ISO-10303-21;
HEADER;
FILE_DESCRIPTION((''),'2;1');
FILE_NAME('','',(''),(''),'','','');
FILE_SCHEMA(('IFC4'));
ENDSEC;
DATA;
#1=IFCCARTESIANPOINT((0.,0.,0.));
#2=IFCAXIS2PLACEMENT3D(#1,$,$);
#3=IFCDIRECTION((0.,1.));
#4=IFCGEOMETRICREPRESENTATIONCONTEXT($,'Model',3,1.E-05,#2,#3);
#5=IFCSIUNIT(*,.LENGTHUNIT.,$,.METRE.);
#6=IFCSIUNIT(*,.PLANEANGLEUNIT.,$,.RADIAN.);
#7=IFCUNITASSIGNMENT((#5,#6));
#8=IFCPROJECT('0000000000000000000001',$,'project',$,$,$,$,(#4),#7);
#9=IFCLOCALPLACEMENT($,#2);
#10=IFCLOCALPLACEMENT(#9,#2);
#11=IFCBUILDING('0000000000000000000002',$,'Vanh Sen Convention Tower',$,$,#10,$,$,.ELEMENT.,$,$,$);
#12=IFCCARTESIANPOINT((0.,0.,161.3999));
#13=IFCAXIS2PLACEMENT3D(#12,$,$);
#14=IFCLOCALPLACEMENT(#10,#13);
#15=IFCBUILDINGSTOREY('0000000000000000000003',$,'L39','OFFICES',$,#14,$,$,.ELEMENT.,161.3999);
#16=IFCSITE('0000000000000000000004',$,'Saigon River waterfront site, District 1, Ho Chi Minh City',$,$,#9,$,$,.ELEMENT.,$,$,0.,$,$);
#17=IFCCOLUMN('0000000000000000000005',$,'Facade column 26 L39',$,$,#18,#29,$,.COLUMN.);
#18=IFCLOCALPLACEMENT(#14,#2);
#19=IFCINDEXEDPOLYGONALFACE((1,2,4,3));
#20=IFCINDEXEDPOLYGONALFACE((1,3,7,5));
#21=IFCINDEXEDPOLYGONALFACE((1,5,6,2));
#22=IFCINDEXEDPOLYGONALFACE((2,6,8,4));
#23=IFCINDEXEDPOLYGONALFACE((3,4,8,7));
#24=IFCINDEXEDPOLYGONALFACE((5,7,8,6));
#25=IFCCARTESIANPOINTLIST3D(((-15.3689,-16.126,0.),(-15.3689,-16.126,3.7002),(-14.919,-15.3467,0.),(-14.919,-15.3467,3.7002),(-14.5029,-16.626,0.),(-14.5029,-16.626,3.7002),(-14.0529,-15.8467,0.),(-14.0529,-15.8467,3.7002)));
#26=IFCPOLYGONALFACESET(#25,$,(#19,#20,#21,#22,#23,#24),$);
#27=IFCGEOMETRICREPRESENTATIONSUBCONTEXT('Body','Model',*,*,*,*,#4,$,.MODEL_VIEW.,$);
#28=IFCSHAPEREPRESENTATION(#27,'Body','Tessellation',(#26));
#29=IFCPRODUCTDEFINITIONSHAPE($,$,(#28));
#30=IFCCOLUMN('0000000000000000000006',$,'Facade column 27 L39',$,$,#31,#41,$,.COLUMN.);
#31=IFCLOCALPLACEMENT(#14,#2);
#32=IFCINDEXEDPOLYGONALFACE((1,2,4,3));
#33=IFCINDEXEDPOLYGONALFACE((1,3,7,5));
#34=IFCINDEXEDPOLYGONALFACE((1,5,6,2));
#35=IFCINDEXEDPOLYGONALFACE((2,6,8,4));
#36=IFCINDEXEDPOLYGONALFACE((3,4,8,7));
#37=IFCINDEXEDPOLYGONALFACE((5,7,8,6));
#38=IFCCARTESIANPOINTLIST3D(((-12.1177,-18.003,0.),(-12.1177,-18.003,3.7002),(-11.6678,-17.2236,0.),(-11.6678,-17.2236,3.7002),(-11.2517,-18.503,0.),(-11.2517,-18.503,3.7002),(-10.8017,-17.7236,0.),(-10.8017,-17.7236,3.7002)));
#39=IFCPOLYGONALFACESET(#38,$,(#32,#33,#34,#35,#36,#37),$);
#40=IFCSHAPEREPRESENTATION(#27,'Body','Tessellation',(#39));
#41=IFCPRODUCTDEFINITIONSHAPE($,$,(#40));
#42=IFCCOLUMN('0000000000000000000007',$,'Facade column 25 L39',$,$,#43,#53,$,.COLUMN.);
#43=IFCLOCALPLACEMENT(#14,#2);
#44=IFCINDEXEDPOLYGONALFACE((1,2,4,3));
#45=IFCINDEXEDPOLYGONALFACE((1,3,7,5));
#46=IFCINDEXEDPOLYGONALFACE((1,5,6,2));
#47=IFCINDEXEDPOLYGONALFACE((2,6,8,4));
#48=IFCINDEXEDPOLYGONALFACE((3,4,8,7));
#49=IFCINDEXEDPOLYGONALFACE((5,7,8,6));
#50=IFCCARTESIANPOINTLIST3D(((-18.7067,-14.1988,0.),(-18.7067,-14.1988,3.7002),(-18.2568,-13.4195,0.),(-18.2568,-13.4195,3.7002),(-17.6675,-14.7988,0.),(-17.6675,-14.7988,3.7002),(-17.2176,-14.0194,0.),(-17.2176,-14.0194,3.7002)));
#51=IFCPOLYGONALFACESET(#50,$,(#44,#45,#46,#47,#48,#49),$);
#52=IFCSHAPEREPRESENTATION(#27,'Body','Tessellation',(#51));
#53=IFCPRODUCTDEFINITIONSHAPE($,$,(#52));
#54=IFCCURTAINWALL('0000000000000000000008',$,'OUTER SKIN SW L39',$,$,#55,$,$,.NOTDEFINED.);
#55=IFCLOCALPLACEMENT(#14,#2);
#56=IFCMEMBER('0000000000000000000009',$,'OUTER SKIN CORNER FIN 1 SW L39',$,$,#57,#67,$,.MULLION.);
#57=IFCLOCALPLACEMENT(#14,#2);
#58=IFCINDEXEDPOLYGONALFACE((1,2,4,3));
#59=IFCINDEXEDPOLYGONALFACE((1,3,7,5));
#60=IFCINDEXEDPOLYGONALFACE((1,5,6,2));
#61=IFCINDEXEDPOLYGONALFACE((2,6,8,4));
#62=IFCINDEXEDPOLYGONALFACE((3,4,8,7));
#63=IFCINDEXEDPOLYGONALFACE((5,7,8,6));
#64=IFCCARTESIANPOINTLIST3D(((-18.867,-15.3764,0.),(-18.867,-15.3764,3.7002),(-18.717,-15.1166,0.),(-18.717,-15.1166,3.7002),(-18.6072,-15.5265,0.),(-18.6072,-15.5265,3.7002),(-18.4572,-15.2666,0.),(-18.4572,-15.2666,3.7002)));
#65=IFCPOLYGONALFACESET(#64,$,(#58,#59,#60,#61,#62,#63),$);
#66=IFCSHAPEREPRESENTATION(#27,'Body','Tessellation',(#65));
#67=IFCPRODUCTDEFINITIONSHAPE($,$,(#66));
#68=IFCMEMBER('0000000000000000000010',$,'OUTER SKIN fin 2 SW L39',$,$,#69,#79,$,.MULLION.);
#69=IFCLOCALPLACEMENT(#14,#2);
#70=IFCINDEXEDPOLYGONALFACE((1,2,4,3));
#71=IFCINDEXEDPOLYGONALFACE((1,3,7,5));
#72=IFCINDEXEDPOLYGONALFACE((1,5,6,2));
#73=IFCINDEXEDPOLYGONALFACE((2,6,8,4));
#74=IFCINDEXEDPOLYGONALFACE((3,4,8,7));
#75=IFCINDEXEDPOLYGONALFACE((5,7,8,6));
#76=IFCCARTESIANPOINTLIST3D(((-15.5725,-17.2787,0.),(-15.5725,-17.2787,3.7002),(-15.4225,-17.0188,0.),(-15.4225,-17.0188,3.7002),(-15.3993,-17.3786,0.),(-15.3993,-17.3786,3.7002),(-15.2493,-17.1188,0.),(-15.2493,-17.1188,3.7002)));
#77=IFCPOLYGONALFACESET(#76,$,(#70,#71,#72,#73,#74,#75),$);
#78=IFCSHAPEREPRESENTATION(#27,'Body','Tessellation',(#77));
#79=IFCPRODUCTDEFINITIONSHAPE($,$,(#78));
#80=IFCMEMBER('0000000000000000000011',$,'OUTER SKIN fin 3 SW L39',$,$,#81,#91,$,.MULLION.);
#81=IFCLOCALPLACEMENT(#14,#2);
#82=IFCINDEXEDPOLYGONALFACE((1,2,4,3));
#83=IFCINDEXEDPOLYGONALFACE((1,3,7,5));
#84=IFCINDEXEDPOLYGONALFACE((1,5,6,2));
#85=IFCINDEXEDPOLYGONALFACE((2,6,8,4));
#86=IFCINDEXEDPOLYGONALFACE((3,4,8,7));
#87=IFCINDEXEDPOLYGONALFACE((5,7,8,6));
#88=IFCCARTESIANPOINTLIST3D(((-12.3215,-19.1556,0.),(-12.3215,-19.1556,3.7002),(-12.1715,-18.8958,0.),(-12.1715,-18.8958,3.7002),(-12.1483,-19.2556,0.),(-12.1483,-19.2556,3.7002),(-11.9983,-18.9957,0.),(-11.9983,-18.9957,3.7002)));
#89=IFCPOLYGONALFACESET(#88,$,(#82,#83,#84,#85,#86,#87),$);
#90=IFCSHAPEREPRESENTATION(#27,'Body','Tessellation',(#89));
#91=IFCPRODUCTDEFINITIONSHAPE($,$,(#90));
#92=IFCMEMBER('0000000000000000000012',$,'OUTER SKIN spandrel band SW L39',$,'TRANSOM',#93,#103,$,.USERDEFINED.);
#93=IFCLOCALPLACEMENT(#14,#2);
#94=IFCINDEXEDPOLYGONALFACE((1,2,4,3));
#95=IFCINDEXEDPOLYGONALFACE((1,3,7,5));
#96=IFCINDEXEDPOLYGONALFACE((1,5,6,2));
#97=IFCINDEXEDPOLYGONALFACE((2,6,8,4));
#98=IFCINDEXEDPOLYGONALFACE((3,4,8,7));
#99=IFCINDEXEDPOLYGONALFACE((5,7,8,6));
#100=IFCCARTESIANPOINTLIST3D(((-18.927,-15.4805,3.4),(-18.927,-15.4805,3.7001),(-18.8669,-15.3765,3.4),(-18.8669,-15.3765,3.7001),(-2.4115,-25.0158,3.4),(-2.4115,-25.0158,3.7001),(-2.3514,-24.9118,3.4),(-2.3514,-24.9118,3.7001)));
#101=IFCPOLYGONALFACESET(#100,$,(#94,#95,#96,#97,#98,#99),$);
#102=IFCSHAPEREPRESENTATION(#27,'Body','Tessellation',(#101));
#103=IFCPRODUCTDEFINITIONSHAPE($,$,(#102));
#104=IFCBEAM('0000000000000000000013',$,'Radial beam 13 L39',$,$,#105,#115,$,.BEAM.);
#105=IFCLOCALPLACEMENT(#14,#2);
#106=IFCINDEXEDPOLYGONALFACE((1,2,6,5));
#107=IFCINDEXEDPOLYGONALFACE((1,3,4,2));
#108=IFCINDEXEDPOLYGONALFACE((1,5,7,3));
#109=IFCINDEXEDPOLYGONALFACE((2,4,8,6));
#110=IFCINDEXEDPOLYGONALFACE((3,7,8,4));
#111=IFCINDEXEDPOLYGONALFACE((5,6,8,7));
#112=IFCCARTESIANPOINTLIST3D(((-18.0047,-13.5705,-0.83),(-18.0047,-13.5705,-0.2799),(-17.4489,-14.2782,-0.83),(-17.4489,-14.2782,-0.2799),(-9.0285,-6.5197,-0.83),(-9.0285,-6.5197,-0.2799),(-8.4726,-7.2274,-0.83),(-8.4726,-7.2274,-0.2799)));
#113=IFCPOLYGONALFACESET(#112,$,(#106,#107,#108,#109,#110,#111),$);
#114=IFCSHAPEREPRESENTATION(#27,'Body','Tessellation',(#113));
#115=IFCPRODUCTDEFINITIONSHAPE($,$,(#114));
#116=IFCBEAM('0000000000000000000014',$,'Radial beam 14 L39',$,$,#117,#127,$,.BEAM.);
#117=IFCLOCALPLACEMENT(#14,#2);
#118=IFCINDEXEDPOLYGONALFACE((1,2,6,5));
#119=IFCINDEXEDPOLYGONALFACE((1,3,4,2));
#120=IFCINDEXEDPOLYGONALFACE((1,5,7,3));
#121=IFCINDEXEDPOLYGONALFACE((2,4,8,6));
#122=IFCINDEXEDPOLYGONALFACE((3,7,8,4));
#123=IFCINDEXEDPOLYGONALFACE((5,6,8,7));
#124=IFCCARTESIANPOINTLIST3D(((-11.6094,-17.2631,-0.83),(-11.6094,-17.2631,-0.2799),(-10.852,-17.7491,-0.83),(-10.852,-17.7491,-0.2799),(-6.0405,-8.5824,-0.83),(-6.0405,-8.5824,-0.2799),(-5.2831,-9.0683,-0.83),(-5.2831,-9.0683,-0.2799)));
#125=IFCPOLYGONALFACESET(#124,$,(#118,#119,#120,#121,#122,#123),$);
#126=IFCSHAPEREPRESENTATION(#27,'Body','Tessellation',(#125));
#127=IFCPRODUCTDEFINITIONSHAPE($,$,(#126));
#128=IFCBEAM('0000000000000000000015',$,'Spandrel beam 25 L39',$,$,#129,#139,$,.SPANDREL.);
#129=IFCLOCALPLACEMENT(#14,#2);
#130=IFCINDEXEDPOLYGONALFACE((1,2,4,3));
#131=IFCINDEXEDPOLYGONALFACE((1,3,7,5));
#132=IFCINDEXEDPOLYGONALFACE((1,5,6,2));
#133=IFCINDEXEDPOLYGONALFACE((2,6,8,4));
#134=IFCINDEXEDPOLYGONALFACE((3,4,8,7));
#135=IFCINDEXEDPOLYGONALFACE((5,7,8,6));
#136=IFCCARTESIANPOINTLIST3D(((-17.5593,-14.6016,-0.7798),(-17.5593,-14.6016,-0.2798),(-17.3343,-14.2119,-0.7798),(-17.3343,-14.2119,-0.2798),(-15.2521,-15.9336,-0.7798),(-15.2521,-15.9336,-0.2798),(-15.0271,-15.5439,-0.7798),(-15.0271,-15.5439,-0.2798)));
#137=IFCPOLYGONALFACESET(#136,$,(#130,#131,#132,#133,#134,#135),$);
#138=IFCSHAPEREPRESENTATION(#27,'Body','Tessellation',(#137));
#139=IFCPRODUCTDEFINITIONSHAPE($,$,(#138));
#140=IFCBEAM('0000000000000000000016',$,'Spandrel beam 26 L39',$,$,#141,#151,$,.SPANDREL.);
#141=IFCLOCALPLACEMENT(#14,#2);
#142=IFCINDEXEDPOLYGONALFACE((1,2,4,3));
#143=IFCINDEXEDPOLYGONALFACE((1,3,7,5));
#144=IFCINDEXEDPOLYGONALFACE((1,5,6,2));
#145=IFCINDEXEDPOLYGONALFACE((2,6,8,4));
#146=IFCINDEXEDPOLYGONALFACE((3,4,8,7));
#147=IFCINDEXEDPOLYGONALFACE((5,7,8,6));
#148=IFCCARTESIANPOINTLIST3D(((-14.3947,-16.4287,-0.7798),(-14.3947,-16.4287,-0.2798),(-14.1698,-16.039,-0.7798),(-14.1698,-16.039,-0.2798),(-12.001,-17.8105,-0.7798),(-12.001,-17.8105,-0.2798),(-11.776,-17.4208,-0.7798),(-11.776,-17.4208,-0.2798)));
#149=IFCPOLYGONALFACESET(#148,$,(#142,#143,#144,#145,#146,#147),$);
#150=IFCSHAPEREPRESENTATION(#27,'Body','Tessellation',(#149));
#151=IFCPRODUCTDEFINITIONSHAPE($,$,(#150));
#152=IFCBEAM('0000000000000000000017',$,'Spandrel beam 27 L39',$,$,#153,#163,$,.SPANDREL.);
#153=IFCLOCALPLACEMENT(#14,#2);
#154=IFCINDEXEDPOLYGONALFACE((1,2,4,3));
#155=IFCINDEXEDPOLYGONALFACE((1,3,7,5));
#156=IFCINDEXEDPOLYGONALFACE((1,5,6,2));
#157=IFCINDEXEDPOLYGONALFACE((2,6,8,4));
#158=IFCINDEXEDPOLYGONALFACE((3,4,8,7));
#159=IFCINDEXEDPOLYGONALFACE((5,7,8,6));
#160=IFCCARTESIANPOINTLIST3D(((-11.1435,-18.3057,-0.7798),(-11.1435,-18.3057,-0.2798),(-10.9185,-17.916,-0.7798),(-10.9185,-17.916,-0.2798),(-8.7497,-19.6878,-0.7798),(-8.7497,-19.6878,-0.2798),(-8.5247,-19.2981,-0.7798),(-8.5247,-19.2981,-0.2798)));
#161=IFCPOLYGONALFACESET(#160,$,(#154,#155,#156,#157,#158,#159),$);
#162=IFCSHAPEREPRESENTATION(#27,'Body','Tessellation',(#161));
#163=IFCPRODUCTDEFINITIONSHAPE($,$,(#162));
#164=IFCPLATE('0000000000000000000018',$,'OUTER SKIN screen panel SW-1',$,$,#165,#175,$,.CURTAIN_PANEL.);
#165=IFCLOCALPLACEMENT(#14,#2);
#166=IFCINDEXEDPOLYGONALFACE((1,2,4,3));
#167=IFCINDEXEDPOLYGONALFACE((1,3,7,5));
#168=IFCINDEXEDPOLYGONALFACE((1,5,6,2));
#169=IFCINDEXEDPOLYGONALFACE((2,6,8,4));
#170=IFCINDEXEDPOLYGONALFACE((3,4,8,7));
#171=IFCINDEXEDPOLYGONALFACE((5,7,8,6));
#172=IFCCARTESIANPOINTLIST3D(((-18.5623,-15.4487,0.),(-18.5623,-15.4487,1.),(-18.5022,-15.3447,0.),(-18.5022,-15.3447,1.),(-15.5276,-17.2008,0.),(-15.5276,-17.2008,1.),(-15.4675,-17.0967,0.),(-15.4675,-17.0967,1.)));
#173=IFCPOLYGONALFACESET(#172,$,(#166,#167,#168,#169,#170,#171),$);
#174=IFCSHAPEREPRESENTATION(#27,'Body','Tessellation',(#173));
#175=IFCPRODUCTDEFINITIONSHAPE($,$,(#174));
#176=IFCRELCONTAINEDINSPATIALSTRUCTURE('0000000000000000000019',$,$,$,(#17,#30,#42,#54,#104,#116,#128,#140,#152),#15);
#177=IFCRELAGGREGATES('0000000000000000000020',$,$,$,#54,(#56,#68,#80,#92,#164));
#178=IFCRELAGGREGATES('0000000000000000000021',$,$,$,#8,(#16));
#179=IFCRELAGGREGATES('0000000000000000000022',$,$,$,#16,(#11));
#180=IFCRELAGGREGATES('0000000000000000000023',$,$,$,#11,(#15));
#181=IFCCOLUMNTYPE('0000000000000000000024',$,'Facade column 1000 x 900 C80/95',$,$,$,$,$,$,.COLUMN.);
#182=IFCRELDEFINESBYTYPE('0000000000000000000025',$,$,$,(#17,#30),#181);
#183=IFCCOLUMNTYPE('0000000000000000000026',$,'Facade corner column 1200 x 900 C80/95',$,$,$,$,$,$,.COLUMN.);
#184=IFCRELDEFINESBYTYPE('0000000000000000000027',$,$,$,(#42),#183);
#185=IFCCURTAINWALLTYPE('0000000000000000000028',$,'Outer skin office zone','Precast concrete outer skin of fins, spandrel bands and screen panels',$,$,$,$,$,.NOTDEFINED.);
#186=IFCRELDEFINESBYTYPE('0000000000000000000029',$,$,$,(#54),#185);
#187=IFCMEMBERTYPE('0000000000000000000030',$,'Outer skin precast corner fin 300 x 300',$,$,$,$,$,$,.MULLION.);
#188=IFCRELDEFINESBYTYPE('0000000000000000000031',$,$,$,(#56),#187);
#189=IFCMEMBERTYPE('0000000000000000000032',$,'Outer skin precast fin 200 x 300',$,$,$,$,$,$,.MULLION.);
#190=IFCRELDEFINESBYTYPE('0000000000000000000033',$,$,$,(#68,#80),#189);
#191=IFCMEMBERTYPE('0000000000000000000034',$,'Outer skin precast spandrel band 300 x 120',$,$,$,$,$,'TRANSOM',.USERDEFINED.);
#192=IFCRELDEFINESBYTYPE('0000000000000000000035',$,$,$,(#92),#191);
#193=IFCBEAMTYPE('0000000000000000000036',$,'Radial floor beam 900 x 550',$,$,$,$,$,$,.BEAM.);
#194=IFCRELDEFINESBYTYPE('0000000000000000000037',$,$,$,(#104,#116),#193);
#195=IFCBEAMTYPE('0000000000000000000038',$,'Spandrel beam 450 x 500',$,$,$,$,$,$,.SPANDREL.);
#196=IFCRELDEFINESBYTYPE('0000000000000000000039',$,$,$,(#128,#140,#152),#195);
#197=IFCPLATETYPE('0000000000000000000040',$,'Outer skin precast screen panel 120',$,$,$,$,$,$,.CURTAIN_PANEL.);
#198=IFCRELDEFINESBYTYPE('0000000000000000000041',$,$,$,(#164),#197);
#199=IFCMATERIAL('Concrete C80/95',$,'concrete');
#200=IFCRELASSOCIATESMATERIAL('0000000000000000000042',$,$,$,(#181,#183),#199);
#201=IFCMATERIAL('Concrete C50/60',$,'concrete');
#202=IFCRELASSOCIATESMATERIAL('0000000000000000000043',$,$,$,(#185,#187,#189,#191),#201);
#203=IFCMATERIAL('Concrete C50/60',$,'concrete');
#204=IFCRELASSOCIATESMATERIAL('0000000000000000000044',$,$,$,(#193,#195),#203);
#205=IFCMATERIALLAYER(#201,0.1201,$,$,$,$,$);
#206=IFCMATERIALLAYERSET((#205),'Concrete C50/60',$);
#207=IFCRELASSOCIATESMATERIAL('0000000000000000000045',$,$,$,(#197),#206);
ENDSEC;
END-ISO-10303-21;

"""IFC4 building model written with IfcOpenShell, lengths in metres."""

from ifc_helpers import new_model, si_unit, direction, frame, origin, origin_2d, place, context, subcontext, project, spatial, rectangle, extrude, material, layer, layer_set, material_profile, profile_set, type_object, element, aggregate, save


model = new_model("IFC4")

# Units and contexts
model_context = context("Model", 3, precision=1e-05, world=origin(), true_north=direction((0.0, 1.0)))
body_context = subcontext(model_context, "Body", "Model", "MODEL_VIEW")
ifc_project = project(units=[si_unit("LENGTHUNIT", "METRE"), si_unit("PLANEANGLEUNIT", "RADIAN")], contexts=[model_context])

# Site, building, storey
site_placement = place(None, origin())
site = spatial("IfcSite", under=ifc_project, at=site_placement, Name="Saigon River waterfront site, District 1, Ho Chi Minh City", CompositionType="ELEMENT", RefElevation=0.0)
building_placement = place(site_placement, origin())
building = spatial("IfcBuilding", under=site, at=building_placement, Name="Vanh Sen Convention Tower", CompositionType="ELEMENT")
storey_placement = place(building_placement, frame((0.0, 0.0, 161.3999)))
storey = spatial("IfcBuildingStorey", under=building, at=storey_placement, Name="L39", Description="OFFICES", CompositionType="ELEMENT", Elevation=161.3999)

# Columns
ifc_material_1 = material(Name="Concrete C80/95", Category="concrete")
ifc_material_profile_1 = material_profile(ifc_material_1, rectangle(XDim=1.0, YDim=0.8999, at=origin_2d()), Name="RC 1000X900")
ifc_profile_set_1 = profile_set([ifc_material_profile_1], Name="Concrete C80/95")
column_type_1 = type_object("IfcColumnType", Name="Facade column 1000 x 900 C80/95", PredefinedType="COLUMN", material=ifc_profile_set_1)
for number, where, z_axis, x_axis, name in (
    (1, (-14.7109, -15.9863, 0.0), (0.0, 0.0, 1.0), (0.866025, -0.5, 0.0), "Facade column 26 L39"),
    (2, (-11.4597, -17.8633, 0.0), (0.0, 0.0, 1.0), (0.866025, -0.5, 0.0), "Facade column 27 L39"),
):
    element("IfcColumn", number, at=place(storey_placement, frame(where, z_axis=z_axis, x_axis=x_axis)), inside=storey, type_object=column_type_1, Name=name, PredefinedType="COLUMN", context=body_context, shape_type="SweptSolid", body=[
        extrude(rectangle(XDim=1.0, YDim=0.8999, at=origin_2d()), origin(), (0.0, 0.0, 1.0), 3.7002),
    ])
ifc_material_profile_2 = material_profile(ifc_material_1, rectangle(XDim=1.2, YDim=0.8999, at=origin_2d()), Name="RC 1200X900")
ifc_profile_set_2 = profile_set([ifc_material_profile_2], Name="Concrete C80/95")
column_type_2 = type_object("IfcColumnType", Name="Facade corner column 1200 x 900 C80/95", PredefinedType="COLUMN", material=ifc_profile_set_2)
column_placement = place(storey_placement, frame((-17.9622, -14.1091, 0.0), z_axis=(0.0, 0.0, 1.0), x_axis=(0.866025, -0.5, 0.0)))
element("IfcColumn", 3, at=column_placement, inside=storey, type_object=column_type_2, Name="Facade column 25 L39", PredefinedType="COLUMN", context=body_context, shape_type="SweptSolid", body=[
    extrude(rectangle(XDim=1.2, YDim=0.8999, at=origin_2d()), origin(), (0.0, 0.0, 1.0), 3.7002),
])

# Curtain wall, members
ifc_material_2 = material(Name="Concrete C50/60", Category="concrete")
curtain_wall_type = type_object("IfcCurtainWallType", Name="Outer skin office zone", Description="Precast concrete outer skin of fins, spandrel bands and screen panels", PredefinedType="NOTDEFINED", material=ifc_material_2)
curtain_wall_placement = place(storey_placement, origin())
curtain_wall = element("IfcCurtainWall", 4, at=curtain_wall_placement, inside=storey, type_object=curtain_wall_type, Name="OUTER SKIN SW L39", PredefinedType="NOTDEFINED")
ifc_material_profile_3 = material_profile(ifc_material_2, rectangle(XDim=0.3, YDim=0.3, at=origin_2d()), Name="Outer skin precast corner fin 300 x 300")
ifc_profile_set_3 = profile_set([ifc_material_profile_3], Name="Concrete C50/60")
member_type_1 = type_object("IfcMemberType", Name="Outer skin precast corner fin 300 x 300", PredefinedType="MULLION", material=ifc_profile_set_3)
member_1_placement = place(storey_placement, frame((-18.6621, -15.3215, 0.0), z_axis=(0.0, 0.0, 1.0), x_axis=(0.866025, -0.5, 0.0)))
member_1 = element("IfcMember", 5, at=member_1_placement, type_object=member_type_1, Name="OUTER SKIN CORNER FIN 1 SW L39", PredefinedType="MULLION", context=body_context, shape_type="SweptSolid", body=[
    extrude(rectangle(XDim=0.3, YDim=0.3, at=origin_2d()), origin(), (0.0, 0.0, 1.0), 3.7002),
])
ifc_material_profile_4 = material_profile(ifc_material_2, rectangle(XDim=0.2, YDim=0.3, at=origin_2d()), Name="Outer skin precast fin 200 x 300")
ifc_profile_set_4 = profile_set([ifc_material_profile_4], Name="Concrete C50/60")
member_type_2 = type_object("IfcMemberType", Name="Outer skin precast fin 200 x 300", PredefinedType="MULLION", material=ifc_profile_set_4)
member_2_placement = place(storey_placement, frame((-15.4109, -17.1987, 0.0), z_axis=(0.0, 0.0, 1.0), x_axis=(0.866025, -0.5, 0.0)))
member_2 = element("IfcMember", 6, at=member_2_placement, type_object=member_type_2, Name="OUTER SKIN fin 2 SW L39", PredefinedType="MULLION", context=body_context, shape_type="SweptSolid", body=[
    extrude(rectangle(XDim=0.2, YDim=0.3, at=origin_2d()), origin(), (0.0, 0.0, 1.0), 3.7002),
])
member_3_placement = place(storey_placement, frame((-12.1599, -19.0757, 0.0), z_axis=(0.0, 0.0, 1.0), x_axis=(0.866025, -0.5, 0.0)))
member_3 = element("IfcMember", 7, at=member_3_placement, type_object=member_type_2, Name="OUTER SKIN fin 3 SW L39", PredefinedType="MULLION", context=body_context, shape_type="SweptSolid", body=[
    extrude(rectangle(XDim=0.2, YDim=0.3, at=origin_2d()), origin(), (0.0, 0.0, 1.0), 3.7002),
])
ifc_material_profile_5 = material_profile(ifc_material_2, rectangle(XDim=0.1201, YDim=0.3, at=origin_2d()), Name="Outer skin precast spandrel band 300 x 120")
ifc_profile_set_5 = profile_set([ifc_material_profile_5], Name="Concrete C50/60")
member_type_3 = type_object("IfcMemberType", Name="Outer skin precast spandrel band 300 x 120", ElementType="TRANSOM", PredefinedType="USERDEFINED", material=ifc_profile_set_5)
member_4_placement = place(storey_placement, frame((-18.897, -15.4285, 3.55), z_axis=(0.866023, -0.500004, 0.0), x_axis=(0.500004, 0.866023, 0.0)))
member_4 = element("IfcMember", 8, at=member_4_placement, type_object=member_type_3, Name="OUTER SKIN spandrel band SW L39", ObjectType="TRANSOM", PredefinedType="USERDEFINED", context=body_context, shape_type="SweptSolid", body=[
    extrude(rectangle(XDim=0.1201, YDim=0.3, at=origin_2d()), origin(), (0.0, 0.0, 1.0), 19.0706),
])

# Beams
ifc_material_3 = material(Name="Concrete C50/60", Category="concrete")
ifc_material_profile_6 = material_profile(ifc_material_3, rectangle(XDim=0.8999, YDim=0.55, at=origin_2d()), Name="RC 900X550")
ifc_profile_set_6 = profile_set([ifc_material_profile_6], Name="Concrete C50/60")
beam_type_1 = type_object("IfcBeamType", Name="Radial floor beam 900 x 550", PredefinedType="BEAM", material=ifc_profile_set_6)
beam_1_placement = place(storey_placement, frame((-17.7268, -13.9243, -0.5549), z_axis=(0.786405, 0.617711, 0.0), x_axis=(-0.617711, 0.786405, 0.0)))
element("IfcBeam", 9, at=beam_1_placement, inside=storey, type_object=beam_type_1, Name="Radial beam 13 L39", PredefinedType="BEAM", context=body_context, shape_type="SweptSolid", body=[
    extrude(rectangle(XDim=0.8999, YDim=0.55, at=origin_2d()), origin(), (0.0, 0.0, 1.0), 11.4143),
])
beam_2_placement = place(storey_placement, frame((-11.2307, -17.5061, -0.5549), z_axis=(0.539963, 0.841689, 0.0), x_axis=(-0.841689, 0.539963, 0.0)))
element("IfcBeam", 10, at=beam_2_placement, inside=storey, type_object=beam_type_1, Name="Radial beam 14 L39", PredefinedType="BEAM", context=body_context, shape_type="SweptSolid", body=[
    extrude(rectangle(XDim=0.8999, YDim=0.55, at=origin_2d()), origin(), (0.0, 0.0, 1.0), 10.3135),
])
ifc_material_profile_7 = material_profile(ifc_material_3, rectangle(XDim=0.45, YDim=0.5, at=origin_2d()), Name="RC 450X500")
ifc_profile_set_7 = profile_set([ifc_material_profile_7], Name="Concrete C50/60")
beam_type_2 = type_object("IfcBeamType", Name="Spandrel beam 450 x 500", PredefinedType="SPANDREL", material=ifc_profile_set_7)
beam_3_placement = place(storey_placement, frame((-17.4468, -14.4067, -0.5298), z_axis=(0.866024, -0.500003, 0.0), x_axis=(0.500003, 0.866024, 0.0)))
element("IfcBeam", 11, at=beam_3_placement, inside=storey, type_object=beam_type_2, Name="Spandrel beam 25 L39", PredefinedType="SPANDREL", context=body_context, shape_type="SweptSolid", body=[
    extrude(rectangle(XDim=0.45, YDim=0.5, at=origin_2d()), origin(), (0.0, 0.0, 1.0), 2.6641),
])
beam_4_placement = place(storey_placement, frame((-14.2822, -16.2339, -0.5298), z_axis=(0.866061, -0.499939, 0.0), x_axis=(0.499939, 0.866061, 0.0)))
element("IfcBeam", 12, at=beam_4_placement, inside=storey, type_object=beam_type_2, Name="Spandrel beam 26 L39", PredefinedType="SPANDREL", context=body_context, shape_type="SweptSolid", body=[
    extrude(rectangle(XDim=0.45, YDim=0.5, at=origin_2d()), origin(), (0.0, 0.0, 1.0), 2.7639),
])
beam_5_placement = place(storey_placement, frame((-11.031, -18.1108, -0.5298), z_axis=(0.866022, -0.500005, 0.0), x_axis=(0.500005, 0.866022, 0.0)))
element("IfcBeam", 13, at=beam_5_placement, inside=storey, type_object=beam_type_2, Name="Spandrel beam 27 L39", PredefinedType="SPANDREL", context=body_context, shape_type="SweptSolid", body=[
    extrude(rectangle(XDim=0.45, YDim=0.5, at=origin_2d()), origin(), (0.0, 0.0, 1.0), 2.7642),
])

# Plate
ifc_layer_1 = layer(ifc_material_2, 0.1201)
ifc_layer_set_1 = layer_set([ifc_layer_1], Name="Concrete C50/60")
plate_type = type_object("IfcPlateType", Name="Outer skin precast screen panel 120", PredefinedType="CURTAIN_PANEL", material=ifc_layer_set_1)
plate_1_placement = place(storey_placement, frame((-17.0149, -16.2727, 0.0), z_axis=(0.0, 0.0, 1.0), x_axis=(0.866024, -0.500003, 0.0)))
plate_1 = element("IfcPlate", 14, at=plate_1_placement, type_object=plate_type, Name="OUTER SKIN screen panel SW-1", PredefinedType="CURTAIN_PANEL", context=body_context, shape_type="SweptSolid", body=[
    extrude(rectangle(XDim=3.5042, YDim=0.1201, at=origin_2d()), origin(), (0.0, 0.0, 1.0), 1.0),
])
aggregate(curtain_wall, [member_1, member_2, member_3, member_4, plate_1])

save(model, "model.ifc")
